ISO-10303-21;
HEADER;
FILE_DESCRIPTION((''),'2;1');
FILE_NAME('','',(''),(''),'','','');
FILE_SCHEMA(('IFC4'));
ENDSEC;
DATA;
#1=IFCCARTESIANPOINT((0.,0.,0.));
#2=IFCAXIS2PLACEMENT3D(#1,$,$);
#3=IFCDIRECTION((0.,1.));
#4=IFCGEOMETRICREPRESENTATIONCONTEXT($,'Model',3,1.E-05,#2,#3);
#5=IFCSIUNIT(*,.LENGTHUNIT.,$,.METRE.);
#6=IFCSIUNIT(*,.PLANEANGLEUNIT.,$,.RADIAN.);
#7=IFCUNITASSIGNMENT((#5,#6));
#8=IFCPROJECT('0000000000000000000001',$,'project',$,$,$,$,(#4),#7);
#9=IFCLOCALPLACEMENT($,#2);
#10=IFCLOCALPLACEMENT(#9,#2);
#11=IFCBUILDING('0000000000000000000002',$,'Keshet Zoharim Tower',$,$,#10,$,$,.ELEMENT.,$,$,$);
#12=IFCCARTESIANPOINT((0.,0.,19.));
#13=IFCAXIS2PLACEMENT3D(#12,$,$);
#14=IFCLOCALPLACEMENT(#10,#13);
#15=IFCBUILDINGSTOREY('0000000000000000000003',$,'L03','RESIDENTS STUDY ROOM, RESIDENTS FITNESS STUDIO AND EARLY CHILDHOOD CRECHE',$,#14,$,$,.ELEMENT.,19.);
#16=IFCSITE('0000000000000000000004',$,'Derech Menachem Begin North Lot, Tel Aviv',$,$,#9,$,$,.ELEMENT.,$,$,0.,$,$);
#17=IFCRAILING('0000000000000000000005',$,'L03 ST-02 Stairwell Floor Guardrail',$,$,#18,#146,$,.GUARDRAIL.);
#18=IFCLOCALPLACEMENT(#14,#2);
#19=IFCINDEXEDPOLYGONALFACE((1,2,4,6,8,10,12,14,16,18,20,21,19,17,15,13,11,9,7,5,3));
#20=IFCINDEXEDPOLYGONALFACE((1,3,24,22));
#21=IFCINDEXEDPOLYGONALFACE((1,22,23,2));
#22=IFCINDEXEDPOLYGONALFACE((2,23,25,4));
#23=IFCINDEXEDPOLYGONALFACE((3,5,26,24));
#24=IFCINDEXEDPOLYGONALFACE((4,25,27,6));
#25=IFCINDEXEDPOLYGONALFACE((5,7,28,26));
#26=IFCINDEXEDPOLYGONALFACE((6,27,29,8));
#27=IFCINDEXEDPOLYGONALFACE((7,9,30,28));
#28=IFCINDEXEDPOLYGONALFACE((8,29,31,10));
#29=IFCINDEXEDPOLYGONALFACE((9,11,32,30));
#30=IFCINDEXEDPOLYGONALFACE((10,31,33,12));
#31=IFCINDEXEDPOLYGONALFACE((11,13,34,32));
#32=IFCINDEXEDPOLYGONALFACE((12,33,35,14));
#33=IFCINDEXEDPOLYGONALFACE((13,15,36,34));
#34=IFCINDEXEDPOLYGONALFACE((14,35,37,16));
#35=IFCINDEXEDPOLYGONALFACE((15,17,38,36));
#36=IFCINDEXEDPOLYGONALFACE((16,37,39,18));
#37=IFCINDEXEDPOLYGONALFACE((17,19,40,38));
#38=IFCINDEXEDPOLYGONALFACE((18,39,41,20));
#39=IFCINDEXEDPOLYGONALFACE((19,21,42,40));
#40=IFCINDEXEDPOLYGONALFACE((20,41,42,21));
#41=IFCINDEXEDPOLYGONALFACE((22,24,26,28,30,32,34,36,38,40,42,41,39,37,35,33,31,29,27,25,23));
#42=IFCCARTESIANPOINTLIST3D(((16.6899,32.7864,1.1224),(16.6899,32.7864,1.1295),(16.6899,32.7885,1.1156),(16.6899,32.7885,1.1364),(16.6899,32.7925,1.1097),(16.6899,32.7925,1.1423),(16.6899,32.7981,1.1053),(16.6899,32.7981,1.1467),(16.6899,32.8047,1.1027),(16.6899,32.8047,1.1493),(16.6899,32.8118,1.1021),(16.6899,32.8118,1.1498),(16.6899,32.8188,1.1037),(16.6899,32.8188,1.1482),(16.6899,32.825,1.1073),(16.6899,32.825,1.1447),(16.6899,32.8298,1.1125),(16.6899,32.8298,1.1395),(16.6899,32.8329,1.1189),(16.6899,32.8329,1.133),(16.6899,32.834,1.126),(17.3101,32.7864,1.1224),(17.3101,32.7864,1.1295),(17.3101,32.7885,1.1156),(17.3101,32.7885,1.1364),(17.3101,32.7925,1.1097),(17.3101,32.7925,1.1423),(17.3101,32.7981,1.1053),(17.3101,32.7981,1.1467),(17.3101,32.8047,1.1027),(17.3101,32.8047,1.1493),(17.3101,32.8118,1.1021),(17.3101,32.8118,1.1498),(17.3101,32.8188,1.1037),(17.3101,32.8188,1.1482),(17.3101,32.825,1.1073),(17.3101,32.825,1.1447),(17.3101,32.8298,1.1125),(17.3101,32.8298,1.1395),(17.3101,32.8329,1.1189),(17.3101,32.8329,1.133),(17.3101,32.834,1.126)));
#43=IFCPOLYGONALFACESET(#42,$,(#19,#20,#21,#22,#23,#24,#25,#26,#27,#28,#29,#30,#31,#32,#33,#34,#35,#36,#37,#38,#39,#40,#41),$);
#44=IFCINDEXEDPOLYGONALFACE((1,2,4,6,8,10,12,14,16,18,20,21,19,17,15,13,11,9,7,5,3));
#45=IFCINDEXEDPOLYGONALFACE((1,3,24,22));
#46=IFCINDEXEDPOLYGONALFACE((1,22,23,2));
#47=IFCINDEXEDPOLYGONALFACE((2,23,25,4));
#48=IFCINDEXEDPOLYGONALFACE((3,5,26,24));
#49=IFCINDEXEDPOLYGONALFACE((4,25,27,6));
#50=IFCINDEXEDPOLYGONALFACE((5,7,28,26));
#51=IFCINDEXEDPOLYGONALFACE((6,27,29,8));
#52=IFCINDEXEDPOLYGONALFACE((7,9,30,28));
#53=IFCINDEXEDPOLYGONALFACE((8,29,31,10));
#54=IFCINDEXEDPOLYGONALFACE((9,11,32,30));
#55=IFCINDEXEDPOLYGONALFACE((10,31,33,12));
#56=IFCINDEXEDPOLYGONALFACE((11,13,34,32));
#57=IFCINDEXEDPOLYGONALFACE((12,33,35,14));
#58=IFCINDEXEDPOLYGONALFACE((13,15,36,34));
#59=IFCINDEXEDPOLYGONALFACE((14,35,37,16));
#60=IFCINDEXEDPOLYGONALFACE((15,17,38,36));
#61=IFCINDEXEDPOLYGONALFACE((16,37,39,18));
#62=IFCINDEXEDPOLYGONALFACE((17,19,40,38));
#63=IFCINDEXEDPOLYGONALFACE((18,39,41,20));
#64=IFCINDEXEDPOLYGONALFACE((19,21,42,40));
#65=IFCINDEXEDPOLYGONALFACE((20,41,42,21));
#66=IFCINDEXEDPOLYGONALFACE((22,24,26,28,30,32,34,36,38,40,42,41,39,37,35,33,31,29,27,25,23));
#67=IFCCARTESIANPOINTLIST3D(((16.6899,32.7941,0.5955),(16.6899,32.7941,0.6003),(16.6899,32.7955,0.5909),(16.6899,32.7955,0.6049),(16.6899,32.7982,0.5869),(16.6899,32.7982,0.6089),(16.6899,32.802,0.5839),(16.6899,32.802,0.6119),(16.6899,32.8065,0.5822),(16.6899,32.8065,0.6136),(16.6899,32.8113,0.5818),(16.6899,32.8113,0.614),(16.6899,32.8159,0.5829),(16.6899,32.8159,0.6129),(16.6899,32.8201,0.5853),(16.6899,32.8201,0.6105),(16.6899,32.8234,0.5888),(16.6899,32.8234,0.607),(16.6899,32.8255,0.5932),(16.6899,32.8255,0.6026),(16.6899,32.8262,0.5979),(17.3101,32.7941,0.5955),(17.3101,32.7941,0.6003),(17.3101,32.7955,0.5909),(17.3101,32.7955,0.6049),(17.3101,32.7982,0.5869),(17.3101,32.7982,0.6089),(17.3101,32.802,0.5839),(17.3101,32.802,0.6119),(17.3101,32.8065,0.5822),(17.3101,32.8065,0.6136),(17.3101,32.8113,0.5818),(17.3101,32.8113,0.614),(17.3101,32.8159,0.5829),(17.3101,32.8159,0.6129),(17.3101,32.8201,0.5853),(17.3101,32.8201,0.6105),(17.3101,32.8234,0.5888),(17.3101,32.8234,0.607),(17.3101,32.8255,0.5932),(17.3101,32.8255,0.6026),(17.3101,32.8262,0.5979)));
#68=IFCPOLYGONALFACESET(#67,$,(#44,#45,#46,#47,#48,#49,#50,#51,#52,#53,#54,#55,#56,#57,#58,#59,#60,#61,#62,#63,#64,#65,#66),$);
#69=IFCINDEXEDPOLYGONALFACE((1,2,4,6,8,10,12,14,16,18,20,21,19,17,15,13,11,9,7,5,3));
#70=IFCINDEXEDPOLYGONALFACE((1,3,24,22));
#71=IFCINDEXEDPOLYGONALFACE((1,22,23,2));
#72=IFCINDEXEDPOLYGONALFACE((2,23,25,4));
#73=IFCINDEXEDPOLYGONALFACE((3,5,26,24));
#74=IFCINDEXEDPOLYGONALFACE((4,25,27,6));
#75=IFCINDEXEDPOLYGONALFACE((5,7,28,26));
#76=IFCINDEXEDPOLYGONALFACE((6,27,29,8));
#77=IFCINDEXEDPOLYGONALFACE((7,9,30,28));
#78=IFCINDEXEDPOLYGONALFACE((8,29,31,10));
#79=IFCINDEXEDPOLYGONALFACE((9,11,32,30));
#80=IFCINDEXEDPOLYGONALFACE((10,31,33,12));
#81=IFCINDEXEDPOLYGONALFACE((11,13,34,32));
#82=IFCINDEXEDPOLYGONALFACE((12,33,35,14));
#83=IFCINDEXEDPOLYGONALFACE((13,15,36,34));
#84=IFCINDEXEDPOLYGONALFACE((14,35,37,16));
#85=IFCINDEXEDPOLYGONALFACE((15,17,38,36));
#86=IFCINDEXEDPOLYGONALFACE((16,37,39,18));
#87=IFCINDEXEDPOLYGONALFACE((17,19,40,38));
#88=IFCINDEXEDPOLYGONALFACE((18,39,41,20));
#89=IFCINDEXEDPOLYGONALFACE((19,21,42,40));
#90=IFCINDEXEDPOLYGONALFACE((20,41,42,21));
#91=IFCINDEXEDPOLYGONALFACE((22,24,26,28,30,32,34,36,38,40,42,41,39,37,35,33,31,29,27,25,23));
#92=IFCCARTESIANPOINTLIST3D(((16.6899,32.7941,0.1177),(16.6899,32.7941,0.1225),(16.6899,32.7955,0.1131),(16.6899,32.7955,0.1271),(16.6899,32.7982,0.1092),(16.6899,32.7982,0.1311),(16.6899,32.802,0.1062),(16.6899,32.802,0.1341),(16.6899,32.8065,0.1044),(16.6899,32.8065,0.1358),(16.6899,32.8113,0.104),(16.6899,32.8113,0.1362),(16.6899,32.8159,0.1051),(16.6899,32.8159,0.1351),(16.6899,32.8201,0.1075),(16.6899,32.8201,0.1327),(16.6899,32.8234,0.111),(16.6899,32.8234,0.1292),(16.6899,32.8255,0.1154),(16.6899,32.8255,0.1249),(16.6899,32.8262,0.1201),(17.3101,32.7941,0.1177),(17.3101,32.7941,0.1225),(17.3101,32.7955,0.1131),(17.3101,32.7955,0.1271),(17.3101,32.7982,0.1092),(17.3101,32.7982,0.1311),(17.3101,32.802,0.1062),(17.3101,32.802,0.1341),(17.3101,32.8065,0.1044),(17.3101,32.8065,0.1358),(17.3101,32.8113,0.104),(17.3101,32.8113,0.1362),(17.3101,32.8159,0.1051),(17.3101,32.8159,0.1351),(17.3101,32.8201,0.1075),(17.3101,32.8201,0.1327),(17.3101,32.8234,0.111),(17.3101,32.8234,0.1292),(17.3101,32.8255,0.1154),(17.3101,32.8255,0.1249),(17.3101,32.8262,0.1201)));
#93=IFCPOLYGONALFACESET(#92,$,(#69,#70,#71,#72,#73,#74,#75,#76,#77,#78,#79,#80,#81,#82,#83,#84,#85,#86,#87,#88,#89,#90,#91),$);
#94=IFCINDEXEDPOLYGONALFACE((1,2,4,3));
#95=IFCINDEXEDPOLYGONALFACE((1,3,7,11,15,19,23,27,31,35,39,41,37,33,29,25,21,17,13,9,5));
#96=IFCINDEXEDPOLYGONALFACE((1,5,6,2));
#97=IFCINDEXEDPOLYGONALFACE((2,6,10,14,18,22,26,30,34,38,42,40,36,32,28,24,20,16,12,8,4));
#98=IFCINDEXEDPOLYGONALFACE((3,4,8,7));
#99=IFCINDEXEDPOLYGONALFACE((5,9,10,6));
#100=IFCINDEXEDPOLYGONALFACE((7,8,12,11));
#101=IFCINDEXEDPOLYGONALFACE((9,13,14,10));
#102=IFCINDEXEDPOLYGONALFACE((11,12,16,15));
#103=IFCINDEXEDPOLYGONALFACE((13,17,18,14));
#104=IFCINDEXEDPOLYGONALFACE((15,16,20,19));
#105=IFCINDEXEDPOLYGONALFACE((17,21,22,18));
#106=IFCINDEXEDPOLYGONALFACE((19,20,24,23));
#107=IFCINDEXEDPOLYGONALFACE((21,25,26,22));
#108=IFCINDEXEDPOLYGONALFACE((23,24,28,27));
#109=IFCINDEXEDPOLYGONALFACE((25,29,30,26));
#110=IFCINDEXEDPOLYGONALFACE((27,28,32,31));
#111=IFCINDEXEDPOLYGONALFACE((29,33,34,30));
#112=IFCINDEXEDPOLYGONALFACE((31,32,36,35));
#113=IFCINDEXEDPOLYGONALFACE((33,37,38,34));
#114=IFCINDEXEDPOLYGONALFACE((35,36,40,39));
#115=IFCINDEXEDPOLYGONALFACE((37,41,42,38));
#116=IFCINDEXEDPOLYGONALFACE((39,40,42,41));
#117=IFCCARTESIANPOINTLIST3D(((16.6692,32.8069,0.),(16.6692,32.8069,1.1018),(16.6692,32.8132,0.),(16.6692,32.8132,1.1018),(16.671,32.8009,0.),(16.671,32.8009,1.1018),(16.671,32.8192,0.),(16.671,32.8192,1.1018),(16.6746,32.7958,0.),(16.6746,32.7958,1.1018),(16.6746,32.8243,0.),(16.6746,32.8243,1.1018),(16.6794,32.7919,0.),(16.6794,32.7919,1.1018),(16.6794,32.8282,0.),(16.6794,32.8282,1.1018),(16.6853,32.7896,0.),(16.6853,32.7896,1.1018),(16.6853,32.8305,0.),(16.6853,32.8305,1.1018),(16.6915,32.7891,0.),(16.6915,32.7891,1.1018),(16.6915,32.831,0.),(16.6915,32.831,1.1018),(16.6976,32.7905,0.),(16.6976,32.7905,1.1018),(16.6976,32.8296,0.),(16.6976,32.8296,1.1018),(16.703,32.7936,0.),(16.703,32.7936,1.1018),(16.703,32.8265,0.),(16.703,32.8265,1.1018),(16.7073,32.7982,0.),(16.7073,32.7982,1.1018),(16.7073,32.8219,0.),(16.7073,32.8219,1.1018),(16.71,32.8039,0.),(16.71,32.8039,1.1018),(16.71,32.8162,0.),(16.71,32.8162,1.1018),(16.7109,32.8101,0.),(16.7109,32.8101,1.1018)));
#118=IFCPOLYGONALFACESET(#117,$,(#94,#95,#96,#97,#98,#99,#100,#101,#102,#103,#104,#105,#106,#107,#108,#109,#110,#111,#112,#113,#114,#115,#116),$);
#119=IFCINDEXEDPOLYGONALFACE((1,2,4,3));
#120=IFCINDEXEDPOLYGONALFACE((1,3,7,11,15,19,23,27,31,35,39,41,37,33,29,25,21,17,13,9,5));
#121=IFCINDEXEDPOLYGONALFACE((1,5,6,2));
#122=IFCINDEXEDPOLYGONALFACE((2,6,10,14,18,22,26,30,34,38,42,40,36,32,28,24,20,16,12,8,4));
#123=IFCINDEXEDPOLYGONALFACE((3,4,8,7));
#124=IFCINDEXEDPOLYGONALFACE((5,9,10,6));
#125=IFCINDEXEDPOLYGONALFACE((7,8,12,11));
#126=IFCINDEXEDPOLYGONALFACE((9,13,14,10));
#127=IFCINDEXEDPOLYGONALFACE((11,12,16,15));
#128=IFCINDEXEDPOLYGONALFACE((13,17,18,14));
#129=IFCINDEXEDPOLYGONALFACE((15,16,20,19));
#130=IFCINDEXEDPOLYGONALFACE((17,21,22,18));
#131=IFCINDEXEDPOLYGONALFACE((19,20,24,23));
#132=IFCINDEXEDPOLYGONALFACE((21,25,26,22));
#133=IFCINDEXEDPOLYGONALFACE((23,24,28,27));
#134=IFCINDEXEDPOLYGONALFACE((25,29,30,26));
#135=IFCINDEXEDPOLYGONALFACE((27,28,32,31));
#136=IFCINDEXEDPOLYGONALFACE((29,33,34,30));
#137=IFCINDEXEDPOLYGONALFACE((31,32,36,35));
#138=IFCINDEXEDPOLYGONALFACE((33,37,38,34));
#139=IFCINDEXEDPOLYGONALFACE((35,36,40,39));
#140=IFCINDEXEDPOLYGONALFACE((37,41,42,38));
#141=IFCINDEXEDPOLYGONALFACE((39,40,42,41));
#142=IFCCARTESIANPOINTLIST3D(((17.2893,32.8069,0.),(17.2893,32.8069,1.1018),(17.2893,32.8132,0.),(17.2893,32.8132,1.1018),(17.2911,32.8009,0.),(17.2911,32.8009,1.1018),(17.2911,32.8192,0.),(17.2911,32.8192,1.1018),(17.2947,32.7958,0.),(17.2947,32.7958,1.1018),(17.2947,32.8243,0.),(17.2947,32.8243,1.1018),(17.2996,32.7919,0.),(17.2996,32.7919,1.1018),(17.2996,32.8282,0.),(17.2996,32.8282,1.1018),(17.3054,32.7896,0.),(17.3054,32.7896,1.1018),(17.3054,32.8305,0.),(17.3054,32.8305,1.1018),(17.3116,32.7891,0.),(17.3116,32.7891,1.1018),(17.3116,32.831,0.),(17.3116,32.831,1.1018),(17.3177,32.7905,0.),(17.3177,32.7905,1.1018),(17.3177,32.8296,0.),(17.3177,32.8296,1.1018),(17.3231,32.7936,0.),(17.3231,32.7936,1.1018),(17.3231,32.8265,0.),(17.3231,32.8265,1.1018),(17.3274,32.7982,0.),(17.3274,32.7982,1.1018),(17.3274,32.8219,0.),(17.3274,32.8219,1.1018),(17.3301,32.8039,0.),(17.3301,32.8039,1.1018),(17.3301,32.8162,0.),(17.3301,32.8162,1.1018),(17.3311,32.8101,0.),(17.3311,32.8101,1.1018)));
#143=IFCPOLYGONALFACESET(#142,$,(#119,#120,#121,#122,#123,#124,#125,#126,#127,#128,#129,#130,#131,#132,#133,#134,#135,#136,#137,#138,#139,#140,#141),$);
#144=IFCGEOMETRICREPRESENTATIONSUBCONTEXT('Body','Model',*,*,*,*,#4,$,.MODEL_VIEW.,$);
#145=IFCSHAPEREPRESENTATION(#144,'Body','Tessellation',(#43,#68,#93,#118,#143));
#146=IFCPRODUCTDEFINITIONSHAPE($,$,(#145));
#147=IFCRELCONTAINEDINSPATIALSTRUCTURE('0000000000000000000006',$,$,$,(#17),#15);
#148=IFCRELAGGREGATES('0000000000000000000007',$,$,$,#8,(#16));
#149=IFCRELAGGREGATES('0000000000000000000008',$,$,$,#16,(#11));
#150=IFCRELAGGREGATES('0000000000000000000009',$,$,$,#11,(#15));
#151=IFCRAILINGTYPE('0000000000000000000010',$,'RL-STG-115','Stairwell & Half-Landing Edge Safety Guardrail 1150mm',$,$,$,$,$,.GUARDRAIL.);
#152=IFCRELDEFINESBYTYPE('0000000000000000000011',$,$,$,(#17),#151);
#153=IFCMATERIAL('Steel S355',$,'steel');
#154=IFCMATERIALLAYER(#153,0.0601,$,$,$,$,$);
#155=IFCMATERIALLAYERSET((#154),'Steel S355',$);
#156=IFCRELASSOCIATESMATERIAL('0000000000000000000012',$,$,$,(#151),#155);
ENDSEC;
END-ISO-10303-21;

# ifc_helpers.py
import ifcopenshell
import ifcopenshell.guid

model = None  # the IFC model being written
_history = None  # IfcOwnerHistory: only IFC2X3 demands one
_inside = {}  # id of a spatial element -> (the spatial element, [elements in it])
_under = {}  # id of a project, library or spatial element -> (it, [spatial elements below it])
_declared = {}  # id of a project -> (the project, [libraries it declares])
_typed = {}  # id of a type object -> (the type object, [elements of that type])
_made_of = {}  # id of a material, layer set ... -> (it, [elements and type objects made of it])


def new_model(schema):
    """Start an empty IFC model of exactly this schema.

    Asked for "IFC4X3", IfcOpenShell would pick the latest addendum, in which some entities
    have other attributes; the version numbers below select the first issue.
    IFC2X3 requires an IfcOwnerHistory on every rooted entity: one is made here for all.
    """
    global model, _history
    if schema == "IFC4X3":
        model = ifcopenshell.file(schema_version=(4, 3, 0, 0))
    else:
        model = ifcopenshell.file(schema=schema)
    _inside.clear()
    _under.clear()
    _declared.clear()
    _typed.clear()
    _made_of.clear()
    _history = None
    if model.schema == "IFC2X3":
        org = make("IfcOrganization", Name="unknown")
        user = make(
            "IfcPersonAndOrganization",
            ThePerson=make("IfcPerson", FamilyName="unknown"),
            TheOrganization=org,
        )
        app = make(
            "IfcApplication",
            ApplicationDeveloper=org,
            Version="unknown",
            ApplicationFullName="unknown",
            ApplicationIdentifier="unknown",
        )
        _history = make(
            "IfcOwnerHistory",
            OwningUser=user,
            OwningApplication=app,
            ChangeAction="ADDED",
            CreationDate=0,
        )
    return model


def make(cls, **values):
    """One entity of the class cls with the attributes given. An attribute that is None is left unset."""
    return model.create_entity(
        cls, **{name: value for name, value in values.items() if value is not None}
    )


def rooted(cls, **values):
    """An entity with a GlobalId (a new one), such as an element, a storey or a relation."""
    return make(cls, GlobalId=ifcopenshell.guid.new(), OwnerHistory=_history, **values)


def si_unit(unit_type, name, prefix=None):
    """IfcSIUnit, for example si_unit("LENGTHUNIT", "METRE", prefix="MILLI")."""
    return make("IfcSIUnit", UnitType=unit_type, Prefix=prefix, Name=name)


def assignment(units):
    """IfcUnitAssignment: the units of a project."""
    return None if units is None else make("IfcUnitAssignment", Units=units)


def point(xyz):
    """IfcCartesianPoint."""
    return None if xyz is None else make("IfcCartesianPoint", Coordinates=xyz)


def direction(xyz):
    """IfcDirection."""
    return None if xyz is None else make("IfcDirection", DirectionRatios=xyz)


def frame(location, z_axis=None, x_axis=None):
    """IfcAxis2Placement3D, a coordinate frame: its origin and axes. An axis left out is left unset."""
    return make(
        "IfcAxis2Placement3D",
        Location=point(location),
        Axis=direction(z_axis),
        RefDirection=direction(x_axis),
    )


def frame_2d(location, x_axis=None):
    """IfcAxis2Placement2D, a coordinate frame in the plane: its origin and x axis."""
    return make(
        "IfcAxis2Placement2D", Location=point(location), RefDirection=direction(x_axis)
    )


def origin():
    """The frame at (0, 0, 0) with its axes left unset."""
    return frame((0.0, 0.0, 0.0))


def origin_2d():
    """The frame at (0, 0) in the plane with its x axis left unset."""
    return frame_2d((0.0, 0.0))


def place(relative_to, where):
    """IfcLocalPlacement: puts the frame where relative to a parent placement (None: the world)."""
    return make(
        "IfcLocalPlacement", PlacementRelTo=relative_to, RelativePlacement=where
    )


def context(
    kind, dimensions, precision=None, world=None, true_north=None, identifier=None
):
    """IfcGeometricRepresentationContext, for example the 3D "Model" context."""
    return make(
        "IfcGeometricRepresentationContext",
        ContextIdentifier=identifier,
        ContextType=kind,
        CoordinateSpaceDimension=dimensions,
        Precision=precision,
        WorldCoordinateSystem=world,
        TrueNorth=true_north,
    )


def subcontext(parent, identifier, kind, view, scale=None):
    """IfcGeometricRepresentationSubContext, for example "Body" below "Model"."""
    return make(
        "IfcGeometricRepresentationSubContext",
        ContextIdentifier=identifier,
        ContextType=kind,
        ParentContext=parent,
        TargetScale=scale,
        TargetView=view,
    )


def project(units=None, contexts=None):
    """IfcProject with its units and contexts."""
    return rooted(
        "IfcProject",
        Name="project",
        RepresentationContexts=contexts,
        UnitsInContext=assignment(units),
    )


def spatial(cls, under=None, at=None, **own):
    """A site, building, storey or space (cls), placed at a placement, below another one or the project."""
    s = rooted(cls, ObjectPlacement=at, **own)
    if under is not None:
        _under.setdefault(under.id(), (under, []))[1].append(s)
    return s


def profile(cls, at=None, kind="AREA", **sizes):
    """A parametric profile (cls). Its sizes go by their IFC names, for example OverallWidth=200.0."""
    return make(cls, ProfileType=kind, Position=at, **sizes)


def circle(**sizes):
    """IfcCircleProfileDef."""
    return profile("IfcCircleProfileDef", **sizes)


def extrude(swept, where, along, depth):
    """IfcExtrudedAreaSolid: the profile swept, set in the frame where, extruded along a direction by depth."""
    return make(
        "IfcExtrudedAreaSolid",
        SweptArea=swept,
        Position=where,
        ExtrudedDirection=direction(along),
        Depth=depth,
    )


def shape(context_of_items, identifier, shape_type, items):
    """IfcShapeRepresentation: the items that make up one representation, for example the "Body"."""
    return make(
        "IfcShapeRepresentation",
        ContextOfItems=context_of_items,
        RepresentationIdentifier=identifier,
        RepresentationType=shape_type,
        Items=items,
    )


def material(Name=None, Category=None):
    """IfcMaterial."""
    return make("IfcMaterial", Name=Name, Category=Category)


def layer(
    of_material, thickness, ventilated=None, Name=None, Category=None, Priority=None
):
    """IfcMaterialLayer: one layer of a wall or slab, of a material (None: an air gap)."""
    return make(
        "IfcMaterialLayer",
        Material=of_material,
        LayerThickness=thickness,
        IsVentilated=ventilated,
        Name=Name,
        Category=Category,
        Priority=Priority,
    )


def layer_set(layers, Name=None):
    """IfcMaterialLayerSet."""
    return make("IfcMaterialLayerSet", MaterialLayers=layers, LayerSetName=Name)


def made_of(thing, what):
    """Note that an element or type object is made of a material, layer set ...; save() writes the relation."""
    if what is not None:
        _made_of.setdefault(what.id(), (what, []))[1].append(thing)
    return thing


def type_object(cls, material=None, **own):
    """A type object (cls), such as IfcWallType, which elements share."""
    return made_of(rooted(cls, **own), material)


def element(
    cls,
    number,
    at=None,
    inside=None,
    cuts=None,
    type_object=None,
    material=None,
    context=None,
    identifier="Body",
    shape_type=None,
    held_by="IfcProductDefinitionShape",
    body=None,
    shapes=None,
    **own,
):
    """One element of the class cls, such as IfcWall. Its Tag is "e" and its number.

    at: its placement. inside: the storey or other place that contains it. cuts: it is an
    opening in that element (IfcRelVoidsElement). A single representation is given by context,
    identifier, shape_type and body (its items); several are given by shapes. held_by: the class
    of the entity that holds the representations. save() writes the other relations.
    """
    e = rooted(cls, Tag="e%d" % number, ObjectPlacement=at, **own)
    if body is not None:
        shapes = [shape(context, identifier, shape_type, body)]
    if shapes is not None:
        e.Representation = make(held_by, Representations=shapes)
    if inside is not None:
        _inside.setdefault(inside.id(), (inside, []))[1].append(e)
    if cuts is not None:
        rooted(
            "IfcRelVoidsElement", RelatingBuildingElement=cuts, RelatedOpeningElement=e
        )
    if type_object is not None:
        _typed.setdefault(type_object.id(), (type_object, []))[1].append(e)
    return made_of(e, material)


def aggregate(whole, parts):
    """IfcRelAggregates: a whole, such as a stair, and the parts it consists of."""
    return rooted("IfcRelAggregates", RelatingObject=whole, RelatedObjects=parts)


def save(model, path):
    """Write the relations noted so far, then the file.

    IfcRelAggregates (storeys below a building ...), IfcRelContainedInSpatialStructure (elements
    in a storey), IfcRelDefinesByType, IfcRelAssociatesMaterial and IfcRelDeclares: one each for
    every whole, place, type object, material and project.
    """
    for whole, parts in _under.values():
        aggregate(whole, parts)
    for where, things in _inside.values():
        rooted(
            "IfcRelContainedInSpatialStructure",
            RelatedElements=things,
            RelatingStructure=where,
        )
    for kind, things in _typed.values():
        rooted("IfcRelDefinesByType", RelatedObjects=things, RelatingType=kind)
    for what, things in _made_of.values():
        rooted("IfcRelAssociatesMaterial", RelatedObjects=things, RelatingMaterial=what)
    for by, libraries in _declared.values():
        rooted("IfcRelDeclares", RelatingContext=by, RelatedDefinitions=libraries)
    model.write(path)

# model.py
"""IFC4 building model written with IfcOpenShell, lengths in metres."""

from ifc_helpers import new_model, si_unit, direction, frame, origin, origin_2d, place, context, subcontext, project, spatial, circle, extrude, material, layer, layer_set, type_object, element, save


model = new_model("IFC4")

# Units and contexts
model_context = context("Model", 3, precision=1e-05, world=origin(), true_north=direction((0.0, 1.0)))
body_context = subcontext(model_context, "Body", "Model", "MODEL_VIEW")
ifc_project = project(units=[si_unit("LENGTHUNIT", "METRE"), si_unit("PLANEANGLEUNIT", "RADIAN")], contexts=[model_context])

# Site, building, storey
site_placement = place(None, origin())
site = spatial("IfcSite", under=ifc_project, at=site_placement, Name="Derech Menachem Begin North Lot, Tel Aviv", CompositionType="ELEMENT", RefElevation=0.0)
building_placement = place(site_placement, origin())
building = spatial("IfcBuilding", under=site, at=building_placement, Name="Keshet Zoharim Tower", CompositionType="ELEMENT")
storey_placement = place(building_placement, frame((0.0, 0.0, 19.0)))
storey = spatial("IfcBuildingStorey", under=building, at=storey_placement, Name="L03", Description="RESIDENTS STUDY ROOM, RESIDENTS FITNESS STUDIO AND EARLY CHILDHOOD CRECHE", CompositionType="ELEMENT", Elevation=19.0)

# Shared definitions
ifc_material_1 = material(Name="Steel S355", Category="steel")

# Railing
ifc_layer_1 = layer(ifc_material_1, 0.0601)
ifc_layer_set_1 = layer_set([ifc_layer_1], Name="Steel S355")
railing_type_1 = type_object("IfcRailingType", Name="RL-STG-115", Description="Stairwell & Half-Landing Edge Safety Guardrail 1150mm", PredefinedType="GUARDRAIL", material=ifc_layer_set_1)
railing_1_placement = place(storey_placement, frame((16.6899, 32.8101, 0.0)))
element("IfcRailing", 1, at=railing_1_placement, inside=storey, type_object=railing_type_1, Name="L03 ST-02 Stairwell Floor Guardrail", PredefinedType="GUARDRAIL", context=body_context, shape_type="SweptSolid", body=[
    extrude(circle(Radius=0.0239, at=origin_2d()), frame((0.0, 0.0, 1.126), z_axis=(1.0, 0.0, 0.0), x_axis=(0.0, 1.0, 0.0)), (0.0, 0.0, 1.0), 0.6201),
    extrude(circle(Radius=0.0161, at=origin_2d()), frame((0.0, 0.0, 0.5979), z_axis=(1.0, 0.0, 0.0), x_axis=(0.0, 1.0, 0.0)), (0.0, 0.0, 1.0), 0.6201),
    extrude(circle(Radius=0.0161, at=origin_2d()), frame((0.0, 0.0, 0.1201), z_axis=(1.0, 0.0, 0.0), x_axis=(0.0, 1.0, 0.0)), (0.0, 0.0, 1.0), 0.6201),
    extrude(circle(Radius=0.021, at=origin_2d()), origin(), (0.0, 0.0, 1.0), 1.1018),
    extrude(circle(Radius=0.021, at=origin_2d()), frame((0.6201, 0.0, 0.0)), (0.0, 0.0, 1.0), 1.1018),
])

save(model, "model.ifc")
